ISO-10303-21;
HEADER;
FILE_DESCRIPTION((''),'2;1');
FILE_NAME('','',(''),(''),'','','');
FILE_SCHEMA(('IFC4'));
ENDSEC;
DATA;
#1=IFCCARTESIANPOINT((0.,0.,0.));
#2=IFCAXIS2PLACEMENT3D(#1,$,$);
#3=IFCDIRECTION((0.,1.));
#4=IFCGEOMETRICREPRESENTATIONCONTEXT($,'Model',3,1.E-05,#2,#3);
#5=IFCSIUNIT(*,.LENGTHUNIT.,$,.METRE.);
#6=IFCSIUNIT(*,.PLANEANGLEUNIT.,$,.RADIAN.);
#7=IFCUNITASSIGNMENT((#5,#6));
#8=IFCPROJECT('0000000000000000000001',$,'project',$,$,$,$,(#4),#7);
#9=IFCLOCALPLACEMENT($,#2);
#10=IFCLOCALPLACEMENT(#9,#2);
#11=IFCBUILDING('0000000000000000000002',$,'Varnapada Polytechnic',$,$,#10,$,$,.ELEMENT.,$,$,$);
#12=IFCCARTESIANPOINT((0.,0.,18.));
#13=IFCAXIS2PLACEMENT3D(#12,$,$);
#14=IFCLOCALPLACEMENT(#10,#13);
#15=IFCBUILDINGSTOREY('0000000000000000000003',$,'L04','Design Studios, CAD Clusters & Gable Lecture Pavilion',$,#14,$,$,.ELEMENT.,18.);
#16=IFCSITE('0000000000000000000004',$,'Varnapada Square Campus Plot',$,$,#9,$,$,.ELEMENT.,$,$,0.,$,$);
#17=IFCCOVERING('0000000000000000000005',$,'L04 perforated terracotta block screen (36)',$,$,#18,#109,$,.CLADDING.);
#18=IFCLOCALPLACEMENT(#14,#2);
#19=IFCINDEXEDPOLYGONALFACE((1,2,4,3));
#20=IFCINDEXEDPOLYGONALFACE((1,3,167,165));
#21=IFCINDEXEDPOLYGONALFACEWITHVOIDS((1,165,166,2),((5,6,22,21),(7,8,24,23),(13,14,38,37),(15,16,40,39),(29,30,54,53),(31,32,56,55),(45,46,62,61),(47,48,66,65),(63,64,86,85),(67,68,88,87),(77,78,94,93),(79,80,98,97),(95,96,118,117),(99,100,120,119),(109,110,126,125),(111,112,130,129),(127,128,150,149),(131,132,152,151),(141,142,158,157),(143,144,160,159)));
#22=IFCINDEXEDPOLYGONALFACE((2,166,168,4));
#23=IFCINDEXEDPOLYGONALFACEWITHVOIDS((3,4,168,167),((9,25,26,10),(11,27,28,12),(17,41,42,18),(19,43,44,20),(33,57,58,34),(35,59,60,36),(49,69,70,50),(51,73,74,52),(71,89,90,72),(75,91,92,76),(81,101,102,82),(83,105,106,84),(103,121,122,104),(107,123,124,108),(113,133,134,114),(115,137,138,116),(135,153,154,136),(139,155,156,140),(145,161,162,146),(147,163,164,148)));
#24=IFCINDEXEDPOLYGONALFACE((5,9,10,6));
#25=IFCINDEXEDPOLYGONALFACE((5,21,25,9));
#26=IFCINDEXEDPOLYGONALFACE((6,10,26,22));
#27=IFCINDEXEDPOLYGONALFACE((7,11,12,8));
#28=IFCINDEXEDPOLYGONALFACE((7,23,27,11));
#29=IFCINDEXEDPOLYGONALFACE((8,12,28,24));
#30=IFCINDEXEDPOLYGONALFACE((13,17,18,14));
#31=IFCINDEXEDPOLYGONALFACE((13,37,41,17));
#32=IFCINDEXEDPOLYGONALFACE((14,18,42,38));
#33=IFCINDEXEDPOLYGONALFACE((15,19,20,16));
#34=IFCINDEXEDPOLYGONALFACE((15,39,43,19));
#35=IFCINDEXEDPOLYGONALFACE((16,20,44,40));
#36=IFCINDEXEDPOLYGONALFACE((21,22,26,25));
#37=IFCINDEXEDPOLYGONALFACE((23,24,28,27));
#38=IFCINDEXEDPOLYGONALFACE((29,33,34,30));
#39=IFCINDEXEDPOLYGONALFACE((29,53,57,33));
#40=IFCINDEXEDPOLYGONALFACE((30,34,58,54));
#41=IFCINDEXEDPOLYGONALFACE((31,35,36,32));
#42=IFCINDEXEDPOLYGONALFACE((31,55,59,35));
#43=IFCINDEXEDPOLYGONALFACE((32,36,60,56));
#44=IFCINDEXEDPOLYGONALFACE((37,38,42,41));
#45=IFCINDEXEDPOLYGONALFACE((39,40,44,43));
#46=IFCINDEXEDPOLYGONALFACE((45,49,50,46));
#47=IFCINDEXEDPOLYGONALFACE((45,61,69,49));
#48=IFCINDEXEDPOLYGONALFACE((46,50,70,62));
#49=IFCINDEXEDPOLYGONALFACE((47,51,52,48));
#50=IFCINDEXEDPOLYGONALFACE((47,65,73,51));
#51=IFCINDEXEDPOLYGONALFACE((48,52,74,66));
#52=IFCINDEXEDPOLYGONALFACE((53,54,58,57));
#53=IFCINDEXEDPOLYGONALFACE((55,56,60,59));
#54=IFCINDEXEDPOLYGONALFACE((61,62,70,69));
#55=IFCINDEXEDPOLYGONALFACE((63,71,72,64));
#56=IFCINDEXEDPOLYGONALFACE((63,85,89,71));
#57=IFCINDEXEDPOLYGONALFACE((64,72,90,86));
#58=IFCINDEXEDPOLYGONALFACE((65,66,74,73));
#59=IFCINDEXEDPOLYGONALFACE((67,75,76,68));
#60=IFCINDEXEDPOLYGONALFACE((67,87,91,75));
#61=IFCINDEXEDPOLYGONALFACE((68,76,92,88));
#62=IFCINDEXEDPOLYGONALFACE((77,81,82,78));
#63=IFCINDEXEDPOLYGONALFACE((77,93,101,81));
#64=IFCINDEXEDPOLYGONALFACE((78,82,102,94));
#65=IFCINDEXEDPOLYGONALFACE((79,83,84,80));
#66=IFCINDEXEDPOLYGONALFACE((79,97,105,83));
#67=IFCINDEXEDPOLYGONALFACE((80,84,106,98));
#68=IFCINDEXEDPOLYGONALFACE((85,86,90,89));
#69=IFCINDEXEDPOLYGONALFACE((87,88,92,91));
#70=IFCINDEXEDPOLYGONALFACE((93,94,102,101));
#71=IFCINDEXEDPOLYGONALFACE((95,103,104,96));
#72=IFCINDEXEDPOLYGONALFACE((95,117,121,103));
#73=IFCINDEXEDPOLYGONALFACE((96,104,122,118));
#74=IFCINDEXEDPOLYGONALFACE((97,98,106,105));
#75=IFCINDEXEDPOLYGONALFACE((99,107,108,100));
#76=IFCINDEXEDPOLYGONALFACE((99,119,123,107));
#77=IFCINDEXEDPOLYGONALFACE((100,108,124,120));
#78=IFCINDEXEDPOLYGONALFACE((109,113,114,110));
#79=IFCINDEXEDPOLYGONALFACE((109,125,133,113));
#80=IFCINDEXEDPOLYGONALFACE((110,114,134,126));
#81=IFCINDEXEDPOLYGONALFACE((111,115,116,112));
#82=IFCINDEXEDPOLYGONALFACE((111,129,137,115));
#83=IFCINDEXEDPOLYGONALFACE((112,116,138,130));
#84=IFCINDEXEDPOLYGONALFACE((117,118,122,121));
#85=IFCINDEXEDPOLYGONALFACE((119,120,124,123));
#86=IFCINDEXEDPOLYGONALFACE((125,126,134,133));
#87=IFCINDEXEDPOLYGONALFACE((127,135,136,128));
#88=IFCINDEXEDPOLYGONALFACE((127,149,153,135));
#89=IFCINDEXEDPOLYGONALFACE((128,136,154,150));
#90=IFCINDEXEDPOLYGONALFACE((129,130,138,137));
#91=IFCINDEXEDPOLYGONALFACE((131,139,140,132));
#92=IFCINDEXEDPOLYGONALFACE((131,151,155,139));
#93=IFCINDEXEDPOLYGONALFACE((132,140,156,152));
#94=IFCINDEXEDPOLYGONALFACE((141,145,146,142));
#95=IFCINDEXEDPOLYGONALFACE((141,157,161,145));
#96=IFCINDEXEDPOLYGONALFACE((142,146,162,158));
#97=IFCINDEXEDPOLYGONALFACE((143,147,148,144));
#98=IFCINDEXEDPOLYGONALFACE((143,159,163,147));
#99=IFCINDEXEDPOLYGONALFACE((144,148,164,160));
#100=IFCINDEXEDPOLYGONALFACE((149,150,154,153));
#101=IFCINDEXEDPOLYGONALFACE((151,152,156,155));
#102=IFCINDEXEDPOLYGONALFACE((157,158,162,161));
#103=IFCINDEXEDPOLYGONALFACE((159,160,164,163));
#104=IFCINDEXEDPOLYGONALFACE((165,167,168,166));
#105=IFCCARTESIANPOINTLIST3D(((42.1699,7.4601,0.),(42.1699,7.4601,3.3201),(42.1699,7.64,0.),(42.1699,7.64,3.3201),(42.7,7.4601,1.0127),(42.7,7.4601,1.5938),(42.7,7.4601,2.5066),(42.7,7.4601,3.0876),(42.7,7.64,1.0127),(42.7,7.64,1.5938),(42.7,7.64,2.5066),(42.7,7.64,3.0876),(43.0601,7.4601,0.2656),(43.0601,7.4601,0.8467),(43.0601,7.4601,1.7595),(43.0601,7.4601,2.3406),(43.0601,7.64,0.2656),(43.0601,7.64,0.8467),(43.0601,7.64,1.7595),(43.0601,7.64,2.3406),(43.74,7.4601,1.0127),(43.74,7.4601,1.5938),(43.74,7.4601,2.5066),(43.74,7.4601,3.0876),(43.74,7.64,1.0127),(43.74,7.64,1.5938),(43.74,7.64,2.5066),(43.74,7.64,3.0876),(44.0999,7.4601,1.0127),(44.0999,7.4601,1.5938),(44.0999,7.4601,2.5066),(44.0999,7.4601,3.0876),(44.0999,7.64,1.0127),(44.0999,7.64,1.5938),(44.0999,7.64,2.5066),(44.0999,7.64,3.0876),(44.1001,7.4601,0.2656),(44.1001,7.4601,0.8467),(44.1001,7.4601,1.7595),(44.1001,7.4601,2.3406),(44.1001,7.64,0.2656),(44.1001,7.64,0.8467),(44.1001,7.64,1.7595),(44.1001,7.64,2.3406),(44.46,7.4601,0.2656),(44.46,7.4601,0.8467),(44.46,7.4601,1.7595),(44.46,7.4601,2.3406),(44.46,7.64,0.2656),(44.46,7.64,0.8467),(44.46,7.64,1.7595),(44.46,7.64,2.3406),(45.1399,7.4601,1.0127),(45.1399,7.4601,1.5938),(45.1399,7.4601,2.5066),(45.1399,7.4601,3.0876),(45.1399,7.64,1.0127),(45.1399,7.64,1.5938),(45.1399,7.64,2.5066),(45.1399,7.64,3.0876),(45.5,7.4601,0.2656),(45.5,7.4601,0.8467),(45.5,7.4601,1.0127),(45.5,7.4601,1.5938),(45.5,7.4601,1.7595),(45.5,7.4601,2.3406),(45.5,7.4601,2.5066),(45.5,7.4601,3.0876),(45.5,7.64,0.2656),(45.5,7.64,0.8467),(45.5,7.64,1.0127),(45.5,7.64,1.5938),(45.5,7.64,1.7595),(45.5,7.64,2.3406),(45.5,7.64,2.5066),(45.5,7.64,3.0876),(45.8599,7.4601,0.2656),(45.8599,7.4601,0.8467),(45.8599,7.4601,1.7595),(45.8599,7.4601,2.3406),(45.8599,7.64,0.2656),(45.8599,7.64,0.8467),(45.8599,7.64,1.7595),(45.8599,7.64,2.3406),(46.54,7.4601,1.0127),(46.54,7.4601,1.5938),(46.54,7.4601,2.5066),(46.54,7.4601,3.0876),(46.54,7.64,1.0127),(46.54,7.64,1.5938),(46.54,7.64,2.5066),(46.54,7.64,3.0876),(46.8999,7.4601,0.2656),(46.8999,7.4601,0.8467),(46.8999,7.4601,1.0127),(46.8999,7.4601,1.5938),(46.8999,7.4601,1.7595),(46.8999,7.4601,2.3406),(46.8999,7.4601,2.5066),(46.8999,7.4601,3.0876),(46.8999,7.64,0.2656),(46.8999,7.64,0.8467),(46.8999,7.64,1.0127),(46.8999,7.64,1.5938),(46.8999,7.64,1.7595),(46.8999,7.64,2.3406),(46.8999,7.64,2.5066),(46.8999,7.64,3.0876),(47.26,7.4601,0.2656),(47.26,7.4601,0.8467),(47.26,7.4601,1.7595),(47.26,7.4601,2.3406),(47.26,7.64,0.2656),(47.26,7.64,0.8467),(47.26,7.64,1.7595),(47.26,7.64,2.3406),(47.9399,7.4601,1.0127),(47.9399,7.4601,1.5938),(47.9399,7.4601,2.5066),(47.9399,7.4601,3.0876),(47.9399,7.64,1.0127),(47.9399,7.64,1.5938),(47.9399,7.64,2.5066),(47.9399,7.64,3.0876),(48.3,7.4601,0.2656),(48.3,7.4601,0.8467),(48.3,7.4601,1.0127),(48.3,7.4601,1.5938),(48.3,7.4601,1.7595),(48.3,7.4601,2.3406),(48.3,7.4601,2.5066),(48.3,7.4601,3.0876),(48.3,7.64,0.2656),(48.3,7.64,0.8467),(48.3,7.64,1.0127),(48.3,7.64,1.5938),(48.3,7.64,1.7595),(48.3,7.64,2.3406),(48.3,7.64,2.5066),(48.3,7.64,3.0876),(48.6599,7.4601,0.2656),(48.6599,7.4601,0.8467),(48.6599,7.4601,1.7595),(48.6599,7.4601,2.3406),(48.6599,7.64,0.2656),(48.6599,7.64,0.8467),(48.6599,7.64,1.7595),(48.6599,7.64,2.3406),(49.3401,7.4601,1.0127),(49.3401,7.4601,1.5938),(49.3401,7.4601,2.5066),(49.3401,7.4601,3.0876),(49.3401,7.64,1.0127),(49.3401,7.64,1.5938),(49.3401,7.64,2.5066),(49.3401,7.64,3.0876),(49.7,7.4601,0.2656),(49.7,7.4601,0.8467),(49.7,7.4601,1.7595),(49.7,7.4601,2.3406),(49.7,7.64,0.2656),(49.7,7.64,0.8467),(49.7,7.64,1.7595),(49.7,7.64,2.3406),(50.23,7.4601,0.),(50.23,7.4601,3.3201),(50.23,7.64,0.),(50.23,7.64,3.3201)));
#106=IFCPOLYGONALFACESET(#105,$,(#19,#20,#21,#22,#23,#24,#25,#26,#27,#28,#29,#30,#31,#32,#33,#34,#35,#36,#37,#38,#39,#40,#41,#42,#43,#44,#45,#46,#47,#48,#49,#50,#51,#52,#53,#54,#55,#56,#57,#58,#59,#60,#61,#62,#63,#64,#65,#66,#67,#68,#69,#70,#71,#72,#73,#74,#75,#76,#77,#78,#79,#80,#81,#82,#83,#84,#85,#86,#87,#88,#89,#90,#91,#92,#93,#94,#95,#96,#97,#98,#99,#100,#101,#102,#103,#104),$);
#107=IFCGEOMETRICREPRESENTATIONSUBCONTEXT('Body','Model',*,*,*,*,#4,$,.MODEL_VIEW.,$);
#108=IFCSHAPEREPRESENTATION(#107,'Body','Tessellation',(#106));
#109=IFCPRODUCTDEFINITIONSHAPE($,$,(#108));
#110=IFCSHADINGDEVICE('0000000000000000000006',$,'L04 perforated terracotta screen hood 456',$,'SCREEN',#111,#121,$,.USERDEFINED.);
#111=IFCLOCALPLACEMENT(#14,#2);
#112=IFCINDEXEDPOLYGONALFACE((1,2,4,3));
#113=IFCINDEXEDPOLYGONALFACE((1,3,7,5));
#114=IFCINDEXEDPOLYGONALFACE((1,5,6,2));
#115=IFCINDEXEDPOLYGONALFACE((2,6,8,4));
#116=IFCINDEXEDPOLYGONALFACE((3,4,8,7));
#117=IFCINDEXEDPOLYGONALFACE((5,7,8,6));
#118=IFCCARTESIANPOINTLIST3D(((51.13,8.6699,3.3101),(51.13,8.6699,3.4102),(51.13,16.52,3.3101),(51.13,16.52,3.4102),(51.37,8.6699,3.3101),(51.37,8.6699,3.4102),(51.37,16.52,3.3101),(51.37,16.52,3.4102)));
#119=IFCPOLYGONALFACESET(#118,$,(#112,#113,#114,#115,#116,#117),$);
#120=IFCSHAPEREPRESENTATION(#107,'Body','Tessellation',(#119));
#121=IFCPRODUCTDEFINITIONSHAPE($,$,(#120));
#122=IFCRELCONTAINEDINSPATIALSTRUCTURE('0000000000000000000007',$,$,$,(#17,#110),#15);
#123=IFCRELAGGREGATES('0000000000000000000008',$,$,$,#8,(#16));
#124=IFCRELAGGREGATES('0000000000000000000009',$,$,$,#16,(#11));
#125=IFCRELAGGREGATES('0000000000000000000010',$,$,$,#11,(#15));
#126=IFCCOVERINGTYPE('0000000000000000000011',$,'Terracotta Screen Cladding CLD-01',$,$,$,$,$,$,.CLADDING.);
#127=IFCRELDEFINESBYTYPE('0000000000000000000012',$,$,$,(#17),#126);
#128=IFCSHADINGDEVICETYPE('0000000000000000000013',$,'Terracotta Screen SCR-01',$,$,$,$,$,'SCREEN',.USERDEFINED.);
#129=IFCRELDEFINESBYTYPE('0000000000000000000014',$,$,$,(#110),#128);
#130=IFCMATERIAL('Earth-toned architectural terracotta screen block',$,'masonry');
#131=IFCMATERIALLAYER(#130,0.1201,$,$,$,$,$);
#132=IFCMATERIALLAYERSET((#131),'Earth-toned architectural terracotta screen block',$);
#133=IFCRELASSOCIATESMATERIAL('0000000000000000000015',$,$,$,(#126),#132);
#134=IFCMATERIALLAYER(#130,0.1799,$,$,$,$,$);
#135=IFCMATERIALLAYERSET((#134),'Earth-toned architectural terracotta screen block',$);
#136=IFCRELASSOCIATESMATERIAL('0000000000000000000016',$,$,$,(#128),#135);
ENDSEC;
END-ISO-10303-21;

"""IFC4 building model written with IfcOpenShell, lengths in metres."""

from ifc_helpers import new_model, si_unit, direction, frame, frame_2d, origin, origin_2d, place, context, subcontext, project, spatial, rectangle, extrude, material, layer, layer_set, type_object, element, save


model = new_model("IFC4")

# Units and contexts
model_context = context("Model", 3, precision=1e-05, world=origin(), true_north=direction((0.0, 1.0)))
body_context = subcontext(model_context, "Body", "Model", "MODEL_VIEW")
ifc_project = project(units=[si_unit("LENGTHUNIT", "METRE"), si_unit("PLANEANGLEUNIT", "RADIAN")], contexts=[model_context])

# Site, building, storey
site_placement = place(None, origin())
site = spatial("IfcSite", under=ifc_project, at=site_placement, Name="Varnapada Square Campus Plot", CompositionType="ELEMENT", RefElevation=0.0)
building_placement = place(site_placement, origin())
building = spatial("IfcBuilding", under=site, at=building_placement, Name="Varnapada Polytechnic", CompositionType="ELEMENT")
storey_placement = place(building_placement, frame((0.0, 0.0, 18.0)))
storey = spatial("IfcBuildingStorey", under=building, at=storey_placement, Name="L04", Description="Design Studios, CAD Clusters & Gable Lecture Pavilion", CompositionType="ELEMENT", Elevation=18.0)

# Covering, openings
ifc_material_1 = material(Name="Earth-toned architectural terracotta screen block", Category="masonry")
ifc_layer_1 = layer(ifc_material_1, 0.1201)
ifc_layer_set_1 = layer_set([ifc_layer_1], Name="Earth-toned architectural terracotta screen block")
covering_type = type_object("IfcCoveringType", Name="Terracotta Screen Cladding CLD-01", PredefinedType="CLADDING", material=ifc_layer_set_1)
covering_placement = place(storey_placement, frame((50.23, 7.55, 0.0), z_axis=(0.0, 0.0, 1.0), x_axis=(-1.0, 0.0, 0.0)))
covering = element("IfcCovering", 1, at=covering_placement, inside=storey, type_object=covering_type, Name="L04 perforated terracotta block screen (36)", PredefinedType="CLADDING", context=body_context, shape_type="SweptSolid", body=[
    extrude(rectangle(XDim=8.0601, YDim=0.1799, at=frame_2d((4.03, 0.0))), origin(), (0.0, 0.0, 1.0), 3.3201),
])
opening_1_placement = place(covering_placement, frame((0.53, 0.0, 0.2656)))
element("IfcOpeningElement", 2, at=opening_1_placement, cuts=covering, PredefinedType="OPENING", context=body_context, shape_type="SweptSolid", body=[
    extrude(rectangle(XDim=1.04, YDim=0.5811, at=frame_2d((0.52, 0.2905))), frame((0.0, 0.0999, 0.0), z_axis=(0.0, -1.0, 0.0), x_axis=(1.0, 0.0, 0.0)), (0.0, 0.0, 1.0), 0.2),
])
opening_2_placement = place(covering_placement, frame((1.9299, 0.0, 0.2656)))
element("IfcOpeningElement", 3, at=opening_2_placement, cuts=covering, PredefinedType="OPENING", context=body_context, shape_type="SweptSolid", body=[
    extrude(rectangle(XDim=1.04, YDim=0.5811, at=frame_2d((0.52, 0.2905))), frame((0.0, 0.0999, 0.0), z_axis=(0.0, -1.0, 0.0), x_axis=(1.0, 0.0, 0.0)), (0.0, 0.0, 1.0), 0.2),
])
opening_3_placement = place(covering_placement, frame((3.3301, 0.0, 0.2656)))
element("IfcOpeningElement", 4, at=opening_3_placement, cuts=covering, PredefinedType="OPENING", context=body_context, shape_type="SweptSolid", body=[
    extrude(rectangle(XDim=1.04, YDim=0.5811, at=frame_2d((0.52, 0.2905))), frame((0.0, 0.0999, 0.0), z_axis=(0.0, -1.0, 0.0), x_axis=(1.0, 0.0, 0.0)), (0.0, 0.0, 1.0), 0.2),
])
opening_4_placement = place(covering_placement, frame((4.73, 0.0, 0.2656)))
element("IfcOpeningElement", 5, at=opening_4_placement, cuts=covering, PredefinedType="OPENING", context=body_context, shape_type="SweptSolid", body=[
    extrude(rectangle(XDim=1.04, YDim=0.5811, at=frame_2d((0.52, 0.2905))), frame((0.0, 0.0999, 0.0), z_axis=(0.0, -1.0, 0.0), x_axis=(1.0, 0.0, 0.0)), (0.0, 0.0, 1.0), 0.2),
])
opening_5_placement = place(covering_placement, frame((6.1299, 0.0, 0.2656)))
element("IfcOpeningElement", 6, at=opening_5_placement, cuts=covering, PredefinedType="OPENING", context=body_context, shape_type="SweptSolid", body=[
    extrude(rectangle(XDim=1.04, YDim=0.5811, at=frame_2d((0.52, 0.2905))), frame((0.0, 0.0999, 0.0), z_axis=(0.0, -1.0, 0.0), x_axis=(1.0, 0.0, 0.0)), (0.0, 0.0, 1.0), 0.2),
])
opening_6_placement = place(covering_placement, frame((0.8899, 0.0, 1.0127)))
element("IfcOpeningElement", 7, at=opening_6_placement, cuts=covering, PredefinedType="OPENING", context=body_context, shape_type="SweptSolid", body=[
    extrude(rectangle(XDim=1.04, YDim=0.5811, at=frame_2d((0.52, 0.2905))), frame((0.0, 0.0999, 0.0), z_axis=(0.0, -1.0, 0.0), x_axis=(1.0, 0.0, 0.0)), (0.0, 0.0, 1.0), 0.2),
])
opening_7_placement = place(covering_placement, frame((2.29, 0.0, 1.0127)))
element("IfcOpeningElement", 8, at=opening_7_placement, cuts=covering, PredefinedType="OPENING", context=body_context, shape_type="SweptSolid", body=[
    extrude(rectangle(XDim=1.04, YDim=0.5811, at=frame_2d((0.52, 0.2905))), frame((0.0, 0.0999, 0.0), z_axis=(0.0, -1.0, 0.0), x_axis=(1.0, 0.0, 0.0)), (0.0, 0.0, 1.0), 0.2),
])
opening_8_placement = place(covering_placement, frame((3.6899, 0.0, 1.0127)))
element("IfcOpeningElement", 9, at=opening_8_placement, cuts=covering, PredefinedType="OPENING", context=body_context, shape_type="SweptSolid", body=[
    extrude(rectangle(XDim=1.04, YDim=0.5811, at=frame_2d((0.52, 0.2905))), frame((0.0, 0.0999, 0.0), z_axis=(0.0, -1.0, 0.0), x_axis=(1.0, 0.0, 0.0)), (0.0, 0.0, 1.0), 0.2),
])
opening_9_placement = place(covering_placement, frame((5.0901, 0.0, 1.0127)))
element("IfcOpeningElement", 10, at=opening_9_placement, cuts=covering, PredefinedType="OPENING", context=body_context, shape_type="SweptSolid", body=[
    extrude(rectangle(XDim=1.04, YDim=0.5811, at=frame_2d((0.52, 0.2905))), frame((0.0, 0.0999, 0.0), z_axis=(0.0, -1.0, 0.0), x_axis=(1.0, 0.0, 0.0)), (0.0, 0.0, 1.0), 0.2),
])
opening_10_placement = place(covering_placement, frame((6.49, 0.0, 1.0127)))
element("IfcOpeningElement", 11, at=opening_10_placement, cuts=covering, PredefinedType="OPENING", context=body_context, shape_type="SweptSolid", body=[
    extrude(rectangle(XDim=1.04, YDim=0.5811, at=frame_2d((0.52, 0.2905))), frame((0.0, 0.0999, 0.0), z_axis=(0.0, -1.0, 0.0), x_axis=(1.0, 0.0, 0.0)), (0.0, 0.0, 1.0), 0.2),
])
opening_11_placement = place(covering_placement, frame((0.53, 0.0, 1.7595)))
element("IfcOpeningElement", 12, at=opening_11_placement, cuts=covering, PredefinedType="OPENING", context=body_context, shape_type="SweptSolid", body=[
    extrude(rectangle(XDim=1.04, YDim=0.5811, at=frame_2d((0.52, 0.2905))), frame((0.0, 0.0999, 0.0), z_axis=(0.0, -1.0, 0.0), x_axis=(1.0, 0.0, 0.0)), (0.0, 0.0, 1.0), 0.2),
])
opening_12_placement = place(covering_placement, frame((1.9299, 0.0, 1.7595)))
element("IfcOpeningElement", 13, at=opening_12_placement, cuts=covering, PredefinedType="OPENING", context=body_context, shape_type="SweptSolid", body=[
    extrude(rectangle(XDim=1.04, YDim=0.5811, at=frame_2d((0.52, 0.2905))), frame((0.0, 0.0999, 0.0), z_axis=(0.0, -1.0, 0.0), x_axis=(1.0, 0.0, 0.0)), (0.0, 0.0, 1.0), 0.2),
])
opening_13_placement = place(covering_placement, frame((3.3301, 0.0, 1.7595)))
element("IfcOpeningElement", 14, at=opening_13_placement, cuts=covering, PredefinedType="OPENING", context=body_context, shape_type="SweptSolid", body=[
    extrude(rectangle(XDim=1.04, YDim=0.5811, at=frame_2d((0.52, 0.2905))), frame((0.0, 0.0999, 0.0), z_axis=(0.0, -1.0, 0.0), x_axis=(1.0, 0.0, 0.0)), (0.0, 0.0, 1.0), 0.2),
])
opening_14_placement = place(covering_placement, frame((4.73, 0.0, 1.7595)))
element("IfcOpeningElement", 15, at=opening_14_placement, cuts=covering, PredefinedType="OPENING", context=body_context, shape_type="SweptSolid", body=[
    extrude(rectangle(XDim=1.04, YDim=0.5811, at=frame_2d((0.52, 0.2905))), frame((0.0, 0.0999, 0.0), z_axis=(0.0, -1.0, 0.0), x_axis=(1.0, 0.0, 0.0)), (0.0, 0.0, 1.0), 0.2),
])
opening_15_placement = place(covering_placement, frame((6.1299, 0.0, 1.7595)))
element("IfcOpeningElement", 16, at=opening_15_placement, cuts=covering, PredefinedType="OPENING", context=body_context, shape_type="SweptSolid", body=[
    extrude(rectangle(XDim=1.04, YDim=0.5811, at=frame_2d((0.52, 0.2905))), frame((0.0, 0.0999, 0.0), z_axis=(0.0, -1.0, 0.0), x_axis=(1.0, 0.0, 0.0)), (0.0, 0.0, 1.0), 0.2),
])
opening_16_placement = place(covering_placement, frame((0.8899, 0.0, 2.5066)))
element("IfcOpeningElement", 17, at=opening_16_placement, cuts=covering, PredefinedType="OPENING", context=body_context, shape_type="SweptSolid", body=[
    extrude(rectangle(XDim=1.04, YDim=0.5811, at=frame_2d((0.52, 0.2905))), frame((0.0, 0.0999, 0.0), z_axis=(0.0, -1.0, 0.0), x_axis=(1.0, 0.0, 0.0)), (0.0, 0.0, 1.0), 0.2),
])
opening_17_placement = place(covering_placement, frame((2.29, 0.0, 2.5066)))
element("IfcOpeningElement", 18, at=opening_17_placement, cuts=covering, PredefinedType="OPENING", context=body_context, shape_type="SweptSolid", body=[
    extrude(rectangle(XDim=1.04, YDim=0.5811, at=frame_2d((0.52, 0.2905))), frame((0.0, 0.0999, 0.0), z_axis=(0.0, -1.0, 0.0), x_axis=(1.0, 0.0, 0.0)), (0.0, 0.0, 1.0), 0.2),
])
opening_18_placement = place(covering_placement, frame((3.6899, 0.0, 2.5066)))
element("IfcOpeningElement", 19, at=opening_18_placement, cuts=covering, PredefinedType="OPENING", context=body_context, shape_type="SweptSolid", body=[
    extrude(rectangle(XDim=1.04, YDim=0.5811, at=frame_2d((0.52, 0.2905))), frame((0.0, 0.0999, 0.0), z_axis=(0.0, -1.0, 0.0), x_axis=(1.0, 0.0, 0.0)), (0.0, 0.0, 1.0), 0.2),
])
opening_19_placement = place(covering_placement, frame((5.0901, 0.0, 2.5066)))
element("IfcOpeningElement", 20, at=opening_19_placement, cuts=covering, PredefinedType="OPENING", context=body_context, shape_type="SweptSolid", body=[
    extrude(rectangle(XDim=1.04, YDim=0.5811, at=frame_2d((0.52, 0.2905))), frame((0.0, 0.0999, 0.0), z_axis=(0.0, -1.0, 0.0), x_axis=(1.0, 0.0, 0.0)), (0.0, 0.0, 1.0), 0.2),
])
opening_20_placement = place(covering_placement, frame((6.49, 0.0, 2.5066)))
element("IfcOpeningElement", 21, at=opening_20_placement, cuts=covering, PredefinedType="OPENING", context=body_context, shape_type="SweptSolid", body=[
    extrude(rectangle(XDim=1.04, YDim=0.5811, at=frame_2d((0.52, 0.2905))), frame((0.0, 0.0999, 0.0), z_axis=(0.0, -1.0, 0.0), x_axis=(1.0, 0.0, 0.0)), (0.0, 0.0, 1.0), 0.2),
])

# Shading device
ifc_layer_2 = layer(ifc_material_1, 0.1799)
ifc_layer_set_2 = layer_set([ifc_layer_2], Name="Earth-toned architectural terracotta screen block")
shading_device_type = type_object("IfcShadingDeviceType", Name="Terracotta Screen SCR-01", ElementType="SCREEN", PredefinedType="USERDEFINED", material=ifc_layer_set_2)
shading_device_placement = place(storey_placement, frame((51.25, 12.595, 3.3101), z_axis=(0.0, 0.0, 1.0), x_axis=(0.0, -1.0, 0.0)))
element("IfcShadingDevice", 22, at=shading_device_placement, inside=storey, type_object=shading_device_type, Name="L04 perforated terracotta screen hood 456", ObjectType="SCREEN", PredefinedType="USERDEFINED", context=body_context, shape_type="SweptSolid", body=[
    extrude(rectangle(XDim=7.8501, YDim=0.24, at=origin_2d()), origin(), (0.0, 0.0, 1.0), 0.1001),
])

save(model, "model.ifc")
